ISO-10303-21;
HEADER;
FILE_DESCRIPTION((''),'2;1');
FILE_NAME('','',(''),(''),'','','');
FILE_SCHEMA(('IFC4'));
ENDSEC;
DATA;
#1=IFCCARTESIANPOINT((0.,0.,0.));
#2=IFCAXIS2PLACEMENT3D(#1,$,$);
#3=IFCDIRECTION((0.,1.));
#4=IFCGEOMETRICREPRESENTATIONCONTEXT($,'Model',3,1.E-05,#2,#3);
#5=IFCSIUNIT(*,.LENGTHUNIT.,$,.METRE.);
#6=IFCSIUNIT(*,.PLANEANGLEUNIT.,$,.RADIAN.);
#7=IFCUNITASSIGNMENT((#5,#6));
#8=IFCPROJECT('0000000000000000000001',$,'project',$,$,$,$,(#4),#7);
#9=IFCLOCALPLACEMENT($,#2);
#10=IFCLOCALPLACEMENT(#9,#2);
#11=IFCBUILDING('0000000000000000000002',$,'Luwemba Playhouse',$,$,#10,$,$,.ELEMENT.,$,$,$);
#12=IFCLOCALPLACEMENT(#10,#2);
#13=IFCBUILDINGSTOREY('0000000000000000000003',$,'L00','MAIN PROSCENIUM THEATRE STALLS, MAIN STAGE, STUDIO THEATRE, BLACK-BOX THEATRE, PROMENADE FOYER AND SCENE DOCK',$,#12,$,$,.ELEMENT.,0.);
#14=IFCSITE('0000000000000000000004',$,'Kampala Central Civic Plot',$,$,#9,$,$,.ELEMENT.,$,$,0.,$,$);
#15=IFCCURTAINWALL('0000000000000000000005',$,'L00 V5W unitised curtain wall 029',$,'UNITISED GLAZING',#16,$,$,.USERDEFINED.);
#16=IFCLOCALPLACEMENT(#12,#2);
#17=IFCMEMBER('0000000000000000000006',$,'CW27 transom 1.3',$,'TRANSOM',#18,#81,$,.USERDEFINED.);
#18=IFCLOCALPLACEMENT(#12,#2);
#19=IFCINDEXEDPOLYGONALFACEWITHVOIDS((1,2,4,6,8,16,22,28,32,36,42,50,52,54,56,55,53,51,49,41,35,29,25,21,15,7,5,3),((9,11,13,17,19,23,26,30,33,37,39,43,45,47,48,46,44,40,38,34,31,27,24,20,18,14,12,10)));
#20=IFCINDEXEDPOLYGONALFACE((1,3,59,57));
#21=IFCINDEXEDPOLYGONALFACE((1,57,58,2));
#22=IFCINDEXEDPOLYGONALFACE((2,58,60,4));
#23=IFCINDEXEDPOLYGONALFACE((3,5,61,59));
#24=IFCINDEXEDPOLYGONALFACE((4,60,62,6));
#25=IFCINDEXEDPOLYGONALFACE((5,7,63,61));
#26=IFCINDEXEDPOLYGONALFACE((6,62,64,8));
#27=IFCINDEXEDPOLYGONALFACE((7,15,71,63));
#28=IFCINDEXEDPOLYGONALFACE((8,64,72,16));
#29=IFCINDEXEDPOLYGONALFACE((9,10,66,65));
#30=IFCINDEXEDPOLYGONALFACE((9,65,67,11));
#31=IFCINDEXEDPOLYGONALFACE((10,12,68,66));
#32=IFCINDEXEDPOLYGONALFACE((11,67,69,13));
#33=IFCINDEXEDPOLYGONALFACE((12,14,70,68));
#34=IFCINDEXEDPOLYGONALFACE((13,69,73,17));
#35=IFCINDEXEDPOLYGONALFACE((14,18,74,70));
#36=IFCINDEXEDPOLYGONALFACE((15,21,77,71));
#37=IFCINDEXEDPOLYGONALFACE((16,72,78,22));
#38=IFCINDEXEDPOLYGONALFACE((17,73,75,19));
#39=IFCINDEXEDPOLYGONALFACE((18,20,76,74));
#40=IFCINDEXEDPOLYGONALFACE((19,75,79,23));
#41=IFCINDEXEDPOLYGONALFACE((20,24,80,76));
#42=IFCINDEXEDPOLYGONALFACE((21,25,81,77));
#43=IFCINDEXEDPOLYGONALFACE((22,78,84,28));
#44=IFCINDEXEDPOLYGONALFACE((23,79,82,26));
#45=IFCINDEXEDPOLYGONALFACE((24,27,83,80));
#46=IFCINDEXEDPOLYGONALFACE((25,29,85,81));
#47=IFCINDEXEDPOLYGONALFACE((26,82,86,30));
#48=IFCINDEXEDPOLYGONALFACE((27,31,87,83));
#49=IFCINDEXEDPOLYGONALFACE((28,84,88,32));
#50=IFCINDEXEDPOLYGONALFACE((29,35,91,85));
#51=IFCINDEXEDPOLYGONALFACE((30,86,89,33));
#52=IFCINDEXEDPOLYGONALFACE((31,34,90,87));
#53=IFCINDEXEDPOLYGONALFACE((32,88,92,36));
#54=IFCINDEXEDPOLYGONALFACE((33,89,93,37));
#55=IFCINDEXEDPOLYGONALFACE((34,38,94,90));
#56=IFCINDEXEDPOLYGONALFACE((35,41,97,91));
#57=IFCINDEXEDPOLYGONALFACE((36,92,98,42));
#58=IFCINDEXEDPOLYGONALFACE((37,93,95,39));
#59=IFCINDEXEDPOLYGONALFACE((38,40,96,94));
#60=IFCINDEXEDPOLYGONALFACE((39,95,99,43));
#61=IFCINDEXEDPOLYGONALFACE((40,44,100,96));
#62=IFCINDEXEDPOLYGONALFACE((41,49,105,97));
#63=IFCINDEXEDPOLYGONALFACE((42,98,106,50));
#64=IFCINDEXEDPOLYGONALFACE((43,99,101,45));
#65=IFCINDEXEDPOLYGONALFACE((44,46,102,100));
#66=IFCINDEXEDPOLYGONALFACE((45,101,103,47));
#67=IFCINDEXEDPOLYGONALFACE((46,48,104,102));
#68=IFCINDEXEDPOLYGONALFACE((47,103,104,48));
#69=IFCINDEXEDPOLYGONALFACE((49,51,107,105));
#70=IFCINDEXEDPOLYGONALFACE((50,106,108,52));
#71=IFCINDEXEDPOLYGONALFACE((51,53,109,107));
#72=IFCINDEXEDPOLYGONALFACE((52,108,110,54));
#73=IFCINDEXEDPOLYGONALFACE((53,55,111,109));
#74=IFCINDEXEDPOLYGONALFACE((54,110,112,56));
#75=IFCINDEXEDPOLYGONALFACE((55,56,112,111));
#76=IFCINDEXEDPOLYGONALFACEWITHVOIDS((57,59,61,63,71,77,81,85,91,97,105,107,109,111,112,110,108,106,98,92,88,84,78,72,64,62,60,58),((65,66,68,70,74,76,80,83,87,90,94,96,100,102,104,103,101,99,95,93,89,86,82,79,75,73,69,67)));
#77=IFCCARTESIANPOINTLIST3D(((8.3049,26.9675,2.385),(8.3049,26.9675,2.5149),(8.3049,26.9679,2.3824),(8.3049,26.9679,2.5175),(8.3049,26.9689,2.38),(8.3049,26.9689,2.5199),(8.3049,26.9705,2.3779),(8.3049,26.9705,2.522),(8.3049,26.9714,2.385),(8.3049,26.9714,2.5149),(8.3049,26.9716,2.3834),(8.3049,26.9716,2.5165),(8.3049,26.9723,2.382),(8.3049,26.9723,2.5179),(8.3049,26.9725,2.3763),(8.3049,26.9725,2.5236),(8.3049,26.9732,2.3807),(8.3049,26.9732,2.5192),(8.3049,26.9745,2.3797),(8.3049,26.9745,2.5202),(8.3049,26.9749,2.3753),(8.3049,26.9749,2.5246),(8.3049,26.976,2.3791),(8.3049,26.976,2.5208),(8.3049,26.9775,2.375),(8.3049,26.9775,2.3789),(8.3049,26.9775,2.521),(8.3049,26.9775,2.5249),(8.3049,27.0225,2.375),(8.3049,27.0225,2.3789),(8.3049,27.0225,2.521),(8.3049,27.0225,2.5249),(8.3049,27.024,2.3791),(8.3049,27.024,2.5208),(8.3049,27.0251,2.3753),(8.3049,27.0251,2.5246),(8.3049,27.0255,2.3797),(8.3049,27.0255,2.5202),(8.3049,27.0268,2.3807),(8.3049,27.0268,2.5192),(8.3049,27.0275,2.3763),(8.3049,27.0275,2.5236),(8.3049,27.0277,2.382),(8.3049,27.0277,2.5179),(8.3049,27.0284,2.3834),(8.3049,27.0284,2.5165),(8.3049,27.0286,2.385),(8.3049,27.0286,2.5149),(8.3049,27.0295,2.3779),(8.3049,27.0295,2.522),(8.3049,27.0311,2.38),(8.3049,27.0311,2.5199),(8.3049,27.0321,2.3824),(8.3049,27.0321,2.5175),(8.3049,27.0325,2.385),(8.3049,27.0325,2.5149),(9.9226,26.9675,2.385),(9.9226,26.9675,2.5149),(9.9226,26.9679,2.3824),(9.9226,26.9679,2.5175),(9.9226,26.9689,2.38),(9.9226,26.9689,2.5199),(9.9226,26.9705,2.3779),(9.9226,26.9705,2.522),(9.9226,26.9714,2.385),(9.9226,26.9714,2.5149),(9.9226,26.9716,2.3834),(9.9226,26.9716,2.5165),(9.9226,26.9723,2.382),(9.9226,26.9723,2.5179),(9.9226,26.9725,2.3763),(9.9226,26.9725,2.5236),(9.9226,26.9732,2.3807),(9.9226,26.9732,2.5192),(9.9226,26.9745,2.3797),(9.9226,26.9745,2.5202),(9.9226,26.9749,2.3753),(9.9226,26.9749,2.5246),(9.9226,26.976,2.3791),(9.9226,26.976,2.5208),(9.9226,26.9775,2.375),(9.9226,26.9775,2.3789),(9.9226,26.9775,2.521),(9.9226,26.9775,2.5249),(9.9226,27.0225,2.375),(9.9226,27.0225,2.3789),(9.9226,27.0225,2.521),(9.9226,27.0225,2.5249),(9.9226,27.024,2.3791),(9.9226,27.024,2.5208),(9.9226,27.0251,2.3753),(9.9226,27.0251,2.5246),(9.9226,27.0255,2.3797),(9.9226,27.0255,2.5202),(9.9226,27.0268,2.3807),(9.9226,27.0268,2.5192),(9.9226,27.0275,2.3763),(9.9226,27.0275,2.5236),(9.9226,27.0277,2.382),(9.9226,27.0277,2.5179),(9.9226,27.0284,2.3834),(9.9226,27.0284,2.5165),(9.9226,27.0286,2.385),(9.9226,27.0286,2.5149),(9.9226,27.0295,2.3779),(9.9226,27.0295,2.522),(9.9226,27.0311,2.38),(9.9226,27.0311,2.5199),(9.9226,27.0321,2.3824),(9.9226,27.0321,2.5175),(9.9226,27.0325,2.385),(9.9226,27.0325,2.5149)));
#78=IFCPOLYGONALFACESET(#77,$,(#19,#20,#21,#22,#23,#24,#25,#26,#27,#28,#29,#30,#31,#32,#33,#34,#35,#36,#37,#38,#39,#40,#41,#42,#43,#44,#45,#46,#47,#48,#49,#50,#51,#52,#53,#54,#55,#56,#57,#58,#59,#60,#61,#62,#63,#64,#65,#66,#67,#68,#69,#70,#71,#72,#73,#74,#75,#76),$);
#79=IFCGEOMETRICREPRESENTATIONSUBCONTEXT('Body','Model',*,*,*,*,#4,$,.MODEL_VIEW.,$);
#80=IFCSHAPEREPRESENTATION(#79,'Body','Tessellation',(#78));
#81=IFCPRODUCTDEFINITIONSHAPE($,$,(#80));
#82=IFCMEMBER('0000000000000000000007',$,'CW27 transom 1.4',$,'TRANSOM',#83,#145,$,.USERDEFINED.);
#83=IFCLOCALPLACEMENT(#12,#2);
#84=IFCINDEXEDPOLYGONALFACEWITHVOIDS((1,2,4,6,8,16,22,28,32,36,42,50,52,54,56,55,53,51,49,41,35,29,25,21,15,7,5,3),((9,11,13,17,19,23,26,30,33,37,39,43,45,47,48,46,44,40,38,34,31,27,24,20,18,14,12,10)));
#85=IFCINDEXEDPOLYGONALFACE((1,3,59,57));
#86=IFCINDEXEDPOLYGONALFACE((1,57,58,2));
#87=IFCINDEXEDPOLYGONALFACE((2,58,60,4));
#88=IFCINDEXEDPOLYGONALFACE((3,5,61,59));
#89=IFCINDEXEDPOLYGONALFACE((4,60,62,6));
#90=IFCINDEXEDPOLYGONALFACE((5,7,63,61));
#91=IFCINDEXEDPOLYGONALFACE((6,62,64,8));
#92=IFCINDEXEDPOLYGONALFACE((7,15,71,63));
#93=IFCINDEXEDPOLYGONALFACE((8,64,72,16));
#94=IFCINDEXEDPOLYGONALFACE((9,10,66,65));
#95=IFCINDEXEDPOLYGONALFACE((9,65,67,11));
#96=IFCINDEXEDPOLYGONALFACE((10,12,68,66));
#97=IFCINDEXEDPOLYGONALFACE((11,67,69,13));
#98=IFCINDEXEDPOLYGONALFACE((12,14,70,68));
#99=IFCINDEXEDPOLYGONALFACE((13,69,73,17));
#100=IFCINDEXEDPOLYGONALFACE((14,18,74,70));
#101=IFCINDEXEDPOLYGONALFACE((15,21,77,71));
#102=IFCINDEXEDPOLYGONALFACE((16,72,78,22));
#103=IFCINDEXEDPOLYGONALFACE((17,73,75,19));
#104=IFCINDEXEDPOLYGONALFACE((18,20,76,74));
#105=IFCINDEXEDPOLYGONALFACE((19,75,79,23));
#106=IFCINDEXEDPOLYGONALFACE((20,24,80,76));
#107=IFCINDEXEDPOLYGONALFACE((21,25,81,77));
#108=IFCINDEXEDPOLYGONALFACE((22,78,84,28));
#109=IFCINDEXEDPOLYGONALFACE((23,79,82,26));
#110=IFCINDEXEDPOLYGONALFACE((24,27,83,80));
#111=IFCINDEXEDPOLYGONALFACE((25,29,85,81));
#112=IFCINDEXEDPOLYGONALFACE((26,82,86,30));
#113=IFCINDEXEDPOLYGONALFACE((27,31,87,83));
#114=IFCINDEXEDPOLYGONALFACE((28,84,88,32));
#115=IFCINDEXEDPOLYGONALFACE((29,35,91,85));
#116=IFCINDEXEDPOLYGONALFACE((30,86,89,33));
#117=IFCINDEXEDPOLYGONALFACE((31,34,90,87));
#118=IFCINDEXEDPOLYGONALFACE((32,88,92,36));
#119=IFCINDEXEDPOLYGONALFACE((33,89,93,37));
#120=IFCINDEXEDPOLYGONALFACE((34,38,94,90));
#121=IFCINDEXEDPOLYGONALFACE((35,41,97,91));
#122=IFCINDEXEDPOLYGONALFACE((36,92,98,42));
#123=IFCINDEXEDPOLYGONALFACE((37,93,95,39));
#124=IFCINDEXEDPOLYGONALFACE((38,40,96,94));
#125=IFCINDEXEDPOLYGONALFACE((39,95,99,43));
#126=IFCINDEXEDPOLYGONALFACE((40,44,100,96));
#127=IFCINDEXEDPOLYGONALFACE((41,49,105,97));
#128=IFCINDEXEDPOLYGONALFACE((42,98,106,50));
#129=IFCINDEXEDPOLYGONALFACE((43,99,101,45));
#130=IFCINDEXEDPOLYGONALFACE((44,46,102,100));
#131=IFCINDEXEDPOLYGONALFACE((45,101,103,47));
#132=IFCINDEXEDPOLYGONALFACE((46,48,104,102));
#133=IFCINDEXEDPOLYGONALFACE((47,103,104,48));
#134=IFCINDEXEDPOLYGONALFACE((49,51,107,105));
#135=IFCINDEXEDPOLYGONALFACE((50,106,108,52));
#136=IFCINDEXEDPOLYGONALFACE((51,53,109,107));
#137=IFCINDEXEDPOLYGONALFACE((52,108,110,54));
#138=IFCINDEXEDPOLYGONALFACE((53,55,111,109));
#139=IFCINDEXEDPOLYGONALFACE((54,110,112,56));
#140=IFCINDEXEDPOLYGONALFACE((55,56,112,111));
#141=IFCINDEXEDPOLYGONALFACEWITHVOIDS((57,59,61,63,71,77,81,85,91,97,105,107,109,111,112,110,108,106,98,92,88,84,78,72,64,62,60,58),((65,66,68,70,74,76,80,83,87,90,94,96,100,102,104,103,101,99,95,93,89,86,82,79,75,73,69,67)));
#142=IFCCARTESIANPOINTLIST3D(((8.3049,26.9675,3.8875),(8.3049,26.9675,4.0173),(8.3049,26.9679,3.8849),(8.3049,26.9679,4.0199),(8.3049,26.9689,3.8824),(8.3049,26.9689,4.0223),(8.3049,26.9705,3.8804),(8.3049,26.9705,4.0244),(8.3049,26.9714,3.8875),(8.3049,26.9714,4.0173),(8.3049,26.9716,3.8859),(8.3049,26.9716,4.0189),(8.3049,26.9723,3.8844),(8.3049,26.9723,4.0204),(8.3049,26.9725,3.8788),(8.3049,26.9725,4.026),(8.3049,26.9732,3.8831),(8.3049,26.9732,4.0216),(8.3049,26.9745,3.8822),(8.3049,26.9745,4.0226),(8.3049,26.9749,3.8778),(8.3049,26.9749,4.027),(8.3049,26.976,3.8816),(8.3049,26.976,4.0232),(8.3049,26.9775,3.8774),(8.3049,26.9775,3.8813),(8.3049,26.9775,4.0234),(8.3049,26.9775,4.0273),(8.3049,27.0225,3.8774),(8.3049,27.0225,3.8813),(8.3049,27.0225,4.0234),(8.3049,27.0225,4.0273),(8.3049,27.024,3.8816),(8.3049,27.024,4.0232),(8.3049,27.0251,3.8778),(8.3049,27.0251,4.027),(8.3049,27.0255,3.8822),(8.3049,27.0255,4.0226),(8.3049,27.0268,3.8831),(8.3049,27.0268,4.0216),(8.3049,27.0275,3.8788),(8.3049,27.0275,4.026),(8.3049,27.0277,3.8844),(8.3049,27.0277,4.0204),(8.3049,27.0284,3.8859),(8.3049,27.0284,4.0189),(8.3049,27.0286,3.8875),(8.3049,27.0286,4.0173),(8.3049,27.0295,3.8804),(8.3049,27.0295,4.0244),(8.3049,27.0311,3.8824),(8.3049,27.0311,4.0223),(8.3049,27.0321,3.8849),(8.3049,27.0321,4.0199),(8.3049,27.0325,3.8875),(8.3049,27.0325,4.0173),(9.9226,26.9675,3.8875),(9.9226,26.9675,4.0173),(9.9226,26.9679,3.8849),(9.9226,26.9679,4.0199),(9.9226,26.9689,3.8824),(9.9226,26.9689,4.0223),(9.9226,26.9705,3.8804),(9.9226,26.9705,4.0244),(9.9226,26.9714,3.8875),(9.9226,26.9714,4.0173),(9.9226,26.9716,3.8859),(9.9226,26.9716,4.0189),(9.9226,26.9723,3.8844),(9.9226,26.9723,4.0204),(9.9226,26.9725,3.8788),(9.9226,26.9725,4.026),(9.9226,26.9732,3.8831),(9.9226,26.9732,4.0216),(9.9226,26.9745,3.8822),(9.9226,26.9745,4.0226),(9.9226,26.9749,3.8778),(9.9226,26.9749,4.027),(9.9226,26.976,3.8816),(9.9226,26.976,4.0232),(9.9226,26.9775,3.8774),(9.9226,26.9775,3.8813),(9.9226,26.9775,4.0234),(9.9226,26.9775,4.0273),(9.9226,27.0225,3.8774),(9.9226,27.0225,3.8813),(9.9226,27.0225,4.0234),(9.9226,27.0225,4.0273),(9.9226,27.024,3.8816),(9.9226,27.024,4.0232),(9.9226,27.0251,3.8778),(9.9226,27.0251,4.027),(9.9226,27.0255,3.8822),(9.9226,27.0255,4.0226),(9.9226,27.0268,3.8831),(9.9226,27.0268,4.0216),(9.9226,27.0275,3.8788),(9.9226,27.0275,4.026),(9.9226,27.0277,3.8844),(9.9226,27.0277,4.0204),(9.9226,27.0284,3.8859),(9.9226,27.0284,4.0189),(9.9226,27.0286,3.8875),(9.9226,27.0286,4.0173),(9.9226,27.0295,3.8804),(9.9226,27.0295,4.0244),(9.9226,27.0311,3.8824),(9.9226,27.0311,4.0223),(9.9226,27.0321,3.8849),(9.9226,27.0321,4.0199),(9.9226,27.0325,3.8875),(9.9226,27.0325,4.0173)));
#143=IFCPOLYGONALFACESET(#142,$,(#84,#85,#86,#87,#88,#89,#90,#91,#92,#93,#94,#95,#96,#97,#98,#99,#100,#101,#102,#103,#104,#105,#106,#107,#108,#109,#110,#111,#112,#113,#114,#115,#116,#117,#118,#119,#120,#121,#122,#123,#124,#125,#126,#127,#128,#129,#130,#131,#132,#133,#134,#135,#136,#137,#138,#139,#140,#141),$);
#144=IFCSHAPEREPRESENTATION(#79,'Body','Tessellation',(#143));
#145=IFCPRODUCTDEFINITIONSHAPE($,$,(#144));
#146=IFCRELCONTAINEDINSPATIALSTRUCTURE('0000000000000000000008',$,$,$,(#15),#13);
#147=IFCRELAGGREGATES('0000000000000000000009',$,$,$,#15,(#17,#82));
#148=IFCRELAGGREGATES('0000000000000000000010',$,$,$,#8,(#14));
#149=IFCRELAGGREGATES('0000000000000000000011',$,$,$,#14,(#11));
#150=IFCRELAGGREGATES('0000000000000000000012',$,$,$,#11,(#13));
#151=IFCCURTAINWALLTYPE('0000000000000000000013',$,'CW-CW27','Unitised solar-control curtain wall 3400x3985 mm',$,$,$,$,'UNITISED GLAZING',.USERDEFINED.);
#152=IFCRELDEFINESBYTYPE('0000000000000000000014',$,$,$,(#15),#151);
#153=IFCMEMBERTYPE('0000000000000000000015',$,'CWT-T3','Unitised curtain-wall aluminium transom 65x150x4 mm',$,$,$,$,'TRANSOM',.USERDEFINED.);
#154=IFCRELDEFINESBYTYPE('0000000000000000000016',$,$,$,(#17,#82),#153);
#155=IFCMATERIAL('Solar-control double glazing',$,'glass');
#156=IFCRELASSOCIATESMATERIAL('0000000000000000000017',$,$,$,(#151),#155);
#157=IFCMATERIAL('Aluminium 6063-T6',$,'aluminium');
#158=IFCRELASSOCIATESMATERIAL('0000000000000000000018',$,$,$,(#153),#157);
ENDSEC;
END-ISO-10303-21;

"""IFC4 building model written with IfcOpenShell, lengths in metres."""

from ifc_helpers import new_model, si_unit, direction, frame, origin, origin_2d, place, context, subcontext, project, spatial, hollow_rectangle, extrude, material, material_profile, profile_set, type_object, element, aggregate, save


model = new_model("IFC4")

# Units and contexts
model_context = context("Model", 3, precision=1e-05, world=origin(), true_north=direction((0.0, 1.0)))
body_context = subcontext(model_context, "Body", "Model", "MODEL_VIEW")
ifc_project = project(units=[si_unit("LENGTHUNIT", "METRE"), si_unit("PLANEANGLEUNIT", "RADIAN")], contexts=[model_context])

# Site, building, storey
site_placement = place(None, origin())
site = spatial("IfcSite", under=ifc_project, at=site_placement, Name="Kampala Central Civic Plot", CompositionType="ELEMENT", RefElevation=0.0)
building_placement = place(site_placement, origin())
building = spatial("IfcBuilding", under=site, at=building_placement, Name="Luwemba Playhouse", CompositionType="ELEMENT")
storey_placement = place(building_placement, origin())
storey = spatial("IfcBuildingStorey", under=building, at=storey_placement, Name="L00", Description="MAIN PROSCENIUM THEATRE STALLS, MAIN STAGE, STUDIO THEATRE, BLACK-BOX THEATRE, PROMENADE FOYER AND SCENE DOCK", CompositionType="ELEMENT", Elevation=0.0)

# Curtain wall
ifc_material_1 = material(Name="Solar-control double glazing", Category="glass")
ifc_material_2 = material(Name="Aluminium 6063-T6", Category="aluminium")
curtain_wall_type_1 = type_object("IfcCurtainWallType", Name="CW-CW27", Description="Unitised solar-control curtain wall 3400x3985 mm", ElementType="UNITISED GLAZING", PredefinedType="USERDEFINED", material=ifc_material_1)
curtain_wall_1_placement = place(storey_placement, origin())
curtain_wall_1 = element("IfcCurtainWall", 1, at=curtain_wall_1_placement, inside=storey, type_object=curtain_wall_type_1, Name="L00 V5W unitised curtain wall 029", ObjectType="UNITISED GLAZING", PredefinedType="USERDEFINED")

# Members
ifc_material_profile_1 = material_profile(ifc_material_2, hollow_rectangle(XDim=0.0649, YDim=0.1499, WallThickness=0.0039, InnerFilletRadius=0.0061, OuterFilletRadius=0.01, at=origin_2d()))
ifc_profile_set_1 = profile_set([ifc_material_profile_1], Name="Aluminium 6063-T6")
member_type_1 = type_object("IfcMemberType", Name="CWT-T3", Description="Unitised curtain-wall aluminium transom 65x150x4 mm", ElementType="TRANSOM", PredefinedType="USERDEFINED", material=ifc_profile_set_1)
member_1_placement = place(storey_placement, frame((8.3049, 27.0, 2.45), z_axis=(1.0, 0.0, 0.0), x_axis=(0.0, 1.0, 0.0)))
member_1 = element("IfcMember", 2, at=member_1_placement, type_object=member_type_1, Name="CW27 transom 1.3", ObjectType="TRANSOM", PredefinedType="USERDEFINED", context=body_context, shape_type="SweptSolid", body=[
    extrude(hollow_rectangle(XDim=0.0649, YDim=0.1499, WallThickness=0.0039, InnerFilletRadius=0.0061, OuterFilletRadius=0.01, at=origin_2d()), origin(), (0.0, 0.0, 1.0), 1.6177),
])
member_2_placement = place(storey_placement, frame((8.3049, 27.0, 3.9524), z_axis=(1.0, 0.0, 0.0), x_axis=(0.0, 1.0, 0.0)))
member_2 = element("IfcMember", 3, at=member_2_placement, type_object=member_type_1, Name="CW27 transom 1.4", ObjectType="TRANSOM", PredefinedType="USERDEFINED", context=body_context, shape_type="SweptSolid", body=[
    extrude(hollow_rectangle(XDim=0.0649, YDim=0.1499, WallThickness=0.0039, InnerFilletRadius=0.0061, OuterFilletRadius=0.01, at=origin_2d()), origin(), (0.0, 0.0, 1.0), 1.6177),
])

aggregate(curtain_wall_1, [member_1, member_2])

save(model, "model.ifc")
